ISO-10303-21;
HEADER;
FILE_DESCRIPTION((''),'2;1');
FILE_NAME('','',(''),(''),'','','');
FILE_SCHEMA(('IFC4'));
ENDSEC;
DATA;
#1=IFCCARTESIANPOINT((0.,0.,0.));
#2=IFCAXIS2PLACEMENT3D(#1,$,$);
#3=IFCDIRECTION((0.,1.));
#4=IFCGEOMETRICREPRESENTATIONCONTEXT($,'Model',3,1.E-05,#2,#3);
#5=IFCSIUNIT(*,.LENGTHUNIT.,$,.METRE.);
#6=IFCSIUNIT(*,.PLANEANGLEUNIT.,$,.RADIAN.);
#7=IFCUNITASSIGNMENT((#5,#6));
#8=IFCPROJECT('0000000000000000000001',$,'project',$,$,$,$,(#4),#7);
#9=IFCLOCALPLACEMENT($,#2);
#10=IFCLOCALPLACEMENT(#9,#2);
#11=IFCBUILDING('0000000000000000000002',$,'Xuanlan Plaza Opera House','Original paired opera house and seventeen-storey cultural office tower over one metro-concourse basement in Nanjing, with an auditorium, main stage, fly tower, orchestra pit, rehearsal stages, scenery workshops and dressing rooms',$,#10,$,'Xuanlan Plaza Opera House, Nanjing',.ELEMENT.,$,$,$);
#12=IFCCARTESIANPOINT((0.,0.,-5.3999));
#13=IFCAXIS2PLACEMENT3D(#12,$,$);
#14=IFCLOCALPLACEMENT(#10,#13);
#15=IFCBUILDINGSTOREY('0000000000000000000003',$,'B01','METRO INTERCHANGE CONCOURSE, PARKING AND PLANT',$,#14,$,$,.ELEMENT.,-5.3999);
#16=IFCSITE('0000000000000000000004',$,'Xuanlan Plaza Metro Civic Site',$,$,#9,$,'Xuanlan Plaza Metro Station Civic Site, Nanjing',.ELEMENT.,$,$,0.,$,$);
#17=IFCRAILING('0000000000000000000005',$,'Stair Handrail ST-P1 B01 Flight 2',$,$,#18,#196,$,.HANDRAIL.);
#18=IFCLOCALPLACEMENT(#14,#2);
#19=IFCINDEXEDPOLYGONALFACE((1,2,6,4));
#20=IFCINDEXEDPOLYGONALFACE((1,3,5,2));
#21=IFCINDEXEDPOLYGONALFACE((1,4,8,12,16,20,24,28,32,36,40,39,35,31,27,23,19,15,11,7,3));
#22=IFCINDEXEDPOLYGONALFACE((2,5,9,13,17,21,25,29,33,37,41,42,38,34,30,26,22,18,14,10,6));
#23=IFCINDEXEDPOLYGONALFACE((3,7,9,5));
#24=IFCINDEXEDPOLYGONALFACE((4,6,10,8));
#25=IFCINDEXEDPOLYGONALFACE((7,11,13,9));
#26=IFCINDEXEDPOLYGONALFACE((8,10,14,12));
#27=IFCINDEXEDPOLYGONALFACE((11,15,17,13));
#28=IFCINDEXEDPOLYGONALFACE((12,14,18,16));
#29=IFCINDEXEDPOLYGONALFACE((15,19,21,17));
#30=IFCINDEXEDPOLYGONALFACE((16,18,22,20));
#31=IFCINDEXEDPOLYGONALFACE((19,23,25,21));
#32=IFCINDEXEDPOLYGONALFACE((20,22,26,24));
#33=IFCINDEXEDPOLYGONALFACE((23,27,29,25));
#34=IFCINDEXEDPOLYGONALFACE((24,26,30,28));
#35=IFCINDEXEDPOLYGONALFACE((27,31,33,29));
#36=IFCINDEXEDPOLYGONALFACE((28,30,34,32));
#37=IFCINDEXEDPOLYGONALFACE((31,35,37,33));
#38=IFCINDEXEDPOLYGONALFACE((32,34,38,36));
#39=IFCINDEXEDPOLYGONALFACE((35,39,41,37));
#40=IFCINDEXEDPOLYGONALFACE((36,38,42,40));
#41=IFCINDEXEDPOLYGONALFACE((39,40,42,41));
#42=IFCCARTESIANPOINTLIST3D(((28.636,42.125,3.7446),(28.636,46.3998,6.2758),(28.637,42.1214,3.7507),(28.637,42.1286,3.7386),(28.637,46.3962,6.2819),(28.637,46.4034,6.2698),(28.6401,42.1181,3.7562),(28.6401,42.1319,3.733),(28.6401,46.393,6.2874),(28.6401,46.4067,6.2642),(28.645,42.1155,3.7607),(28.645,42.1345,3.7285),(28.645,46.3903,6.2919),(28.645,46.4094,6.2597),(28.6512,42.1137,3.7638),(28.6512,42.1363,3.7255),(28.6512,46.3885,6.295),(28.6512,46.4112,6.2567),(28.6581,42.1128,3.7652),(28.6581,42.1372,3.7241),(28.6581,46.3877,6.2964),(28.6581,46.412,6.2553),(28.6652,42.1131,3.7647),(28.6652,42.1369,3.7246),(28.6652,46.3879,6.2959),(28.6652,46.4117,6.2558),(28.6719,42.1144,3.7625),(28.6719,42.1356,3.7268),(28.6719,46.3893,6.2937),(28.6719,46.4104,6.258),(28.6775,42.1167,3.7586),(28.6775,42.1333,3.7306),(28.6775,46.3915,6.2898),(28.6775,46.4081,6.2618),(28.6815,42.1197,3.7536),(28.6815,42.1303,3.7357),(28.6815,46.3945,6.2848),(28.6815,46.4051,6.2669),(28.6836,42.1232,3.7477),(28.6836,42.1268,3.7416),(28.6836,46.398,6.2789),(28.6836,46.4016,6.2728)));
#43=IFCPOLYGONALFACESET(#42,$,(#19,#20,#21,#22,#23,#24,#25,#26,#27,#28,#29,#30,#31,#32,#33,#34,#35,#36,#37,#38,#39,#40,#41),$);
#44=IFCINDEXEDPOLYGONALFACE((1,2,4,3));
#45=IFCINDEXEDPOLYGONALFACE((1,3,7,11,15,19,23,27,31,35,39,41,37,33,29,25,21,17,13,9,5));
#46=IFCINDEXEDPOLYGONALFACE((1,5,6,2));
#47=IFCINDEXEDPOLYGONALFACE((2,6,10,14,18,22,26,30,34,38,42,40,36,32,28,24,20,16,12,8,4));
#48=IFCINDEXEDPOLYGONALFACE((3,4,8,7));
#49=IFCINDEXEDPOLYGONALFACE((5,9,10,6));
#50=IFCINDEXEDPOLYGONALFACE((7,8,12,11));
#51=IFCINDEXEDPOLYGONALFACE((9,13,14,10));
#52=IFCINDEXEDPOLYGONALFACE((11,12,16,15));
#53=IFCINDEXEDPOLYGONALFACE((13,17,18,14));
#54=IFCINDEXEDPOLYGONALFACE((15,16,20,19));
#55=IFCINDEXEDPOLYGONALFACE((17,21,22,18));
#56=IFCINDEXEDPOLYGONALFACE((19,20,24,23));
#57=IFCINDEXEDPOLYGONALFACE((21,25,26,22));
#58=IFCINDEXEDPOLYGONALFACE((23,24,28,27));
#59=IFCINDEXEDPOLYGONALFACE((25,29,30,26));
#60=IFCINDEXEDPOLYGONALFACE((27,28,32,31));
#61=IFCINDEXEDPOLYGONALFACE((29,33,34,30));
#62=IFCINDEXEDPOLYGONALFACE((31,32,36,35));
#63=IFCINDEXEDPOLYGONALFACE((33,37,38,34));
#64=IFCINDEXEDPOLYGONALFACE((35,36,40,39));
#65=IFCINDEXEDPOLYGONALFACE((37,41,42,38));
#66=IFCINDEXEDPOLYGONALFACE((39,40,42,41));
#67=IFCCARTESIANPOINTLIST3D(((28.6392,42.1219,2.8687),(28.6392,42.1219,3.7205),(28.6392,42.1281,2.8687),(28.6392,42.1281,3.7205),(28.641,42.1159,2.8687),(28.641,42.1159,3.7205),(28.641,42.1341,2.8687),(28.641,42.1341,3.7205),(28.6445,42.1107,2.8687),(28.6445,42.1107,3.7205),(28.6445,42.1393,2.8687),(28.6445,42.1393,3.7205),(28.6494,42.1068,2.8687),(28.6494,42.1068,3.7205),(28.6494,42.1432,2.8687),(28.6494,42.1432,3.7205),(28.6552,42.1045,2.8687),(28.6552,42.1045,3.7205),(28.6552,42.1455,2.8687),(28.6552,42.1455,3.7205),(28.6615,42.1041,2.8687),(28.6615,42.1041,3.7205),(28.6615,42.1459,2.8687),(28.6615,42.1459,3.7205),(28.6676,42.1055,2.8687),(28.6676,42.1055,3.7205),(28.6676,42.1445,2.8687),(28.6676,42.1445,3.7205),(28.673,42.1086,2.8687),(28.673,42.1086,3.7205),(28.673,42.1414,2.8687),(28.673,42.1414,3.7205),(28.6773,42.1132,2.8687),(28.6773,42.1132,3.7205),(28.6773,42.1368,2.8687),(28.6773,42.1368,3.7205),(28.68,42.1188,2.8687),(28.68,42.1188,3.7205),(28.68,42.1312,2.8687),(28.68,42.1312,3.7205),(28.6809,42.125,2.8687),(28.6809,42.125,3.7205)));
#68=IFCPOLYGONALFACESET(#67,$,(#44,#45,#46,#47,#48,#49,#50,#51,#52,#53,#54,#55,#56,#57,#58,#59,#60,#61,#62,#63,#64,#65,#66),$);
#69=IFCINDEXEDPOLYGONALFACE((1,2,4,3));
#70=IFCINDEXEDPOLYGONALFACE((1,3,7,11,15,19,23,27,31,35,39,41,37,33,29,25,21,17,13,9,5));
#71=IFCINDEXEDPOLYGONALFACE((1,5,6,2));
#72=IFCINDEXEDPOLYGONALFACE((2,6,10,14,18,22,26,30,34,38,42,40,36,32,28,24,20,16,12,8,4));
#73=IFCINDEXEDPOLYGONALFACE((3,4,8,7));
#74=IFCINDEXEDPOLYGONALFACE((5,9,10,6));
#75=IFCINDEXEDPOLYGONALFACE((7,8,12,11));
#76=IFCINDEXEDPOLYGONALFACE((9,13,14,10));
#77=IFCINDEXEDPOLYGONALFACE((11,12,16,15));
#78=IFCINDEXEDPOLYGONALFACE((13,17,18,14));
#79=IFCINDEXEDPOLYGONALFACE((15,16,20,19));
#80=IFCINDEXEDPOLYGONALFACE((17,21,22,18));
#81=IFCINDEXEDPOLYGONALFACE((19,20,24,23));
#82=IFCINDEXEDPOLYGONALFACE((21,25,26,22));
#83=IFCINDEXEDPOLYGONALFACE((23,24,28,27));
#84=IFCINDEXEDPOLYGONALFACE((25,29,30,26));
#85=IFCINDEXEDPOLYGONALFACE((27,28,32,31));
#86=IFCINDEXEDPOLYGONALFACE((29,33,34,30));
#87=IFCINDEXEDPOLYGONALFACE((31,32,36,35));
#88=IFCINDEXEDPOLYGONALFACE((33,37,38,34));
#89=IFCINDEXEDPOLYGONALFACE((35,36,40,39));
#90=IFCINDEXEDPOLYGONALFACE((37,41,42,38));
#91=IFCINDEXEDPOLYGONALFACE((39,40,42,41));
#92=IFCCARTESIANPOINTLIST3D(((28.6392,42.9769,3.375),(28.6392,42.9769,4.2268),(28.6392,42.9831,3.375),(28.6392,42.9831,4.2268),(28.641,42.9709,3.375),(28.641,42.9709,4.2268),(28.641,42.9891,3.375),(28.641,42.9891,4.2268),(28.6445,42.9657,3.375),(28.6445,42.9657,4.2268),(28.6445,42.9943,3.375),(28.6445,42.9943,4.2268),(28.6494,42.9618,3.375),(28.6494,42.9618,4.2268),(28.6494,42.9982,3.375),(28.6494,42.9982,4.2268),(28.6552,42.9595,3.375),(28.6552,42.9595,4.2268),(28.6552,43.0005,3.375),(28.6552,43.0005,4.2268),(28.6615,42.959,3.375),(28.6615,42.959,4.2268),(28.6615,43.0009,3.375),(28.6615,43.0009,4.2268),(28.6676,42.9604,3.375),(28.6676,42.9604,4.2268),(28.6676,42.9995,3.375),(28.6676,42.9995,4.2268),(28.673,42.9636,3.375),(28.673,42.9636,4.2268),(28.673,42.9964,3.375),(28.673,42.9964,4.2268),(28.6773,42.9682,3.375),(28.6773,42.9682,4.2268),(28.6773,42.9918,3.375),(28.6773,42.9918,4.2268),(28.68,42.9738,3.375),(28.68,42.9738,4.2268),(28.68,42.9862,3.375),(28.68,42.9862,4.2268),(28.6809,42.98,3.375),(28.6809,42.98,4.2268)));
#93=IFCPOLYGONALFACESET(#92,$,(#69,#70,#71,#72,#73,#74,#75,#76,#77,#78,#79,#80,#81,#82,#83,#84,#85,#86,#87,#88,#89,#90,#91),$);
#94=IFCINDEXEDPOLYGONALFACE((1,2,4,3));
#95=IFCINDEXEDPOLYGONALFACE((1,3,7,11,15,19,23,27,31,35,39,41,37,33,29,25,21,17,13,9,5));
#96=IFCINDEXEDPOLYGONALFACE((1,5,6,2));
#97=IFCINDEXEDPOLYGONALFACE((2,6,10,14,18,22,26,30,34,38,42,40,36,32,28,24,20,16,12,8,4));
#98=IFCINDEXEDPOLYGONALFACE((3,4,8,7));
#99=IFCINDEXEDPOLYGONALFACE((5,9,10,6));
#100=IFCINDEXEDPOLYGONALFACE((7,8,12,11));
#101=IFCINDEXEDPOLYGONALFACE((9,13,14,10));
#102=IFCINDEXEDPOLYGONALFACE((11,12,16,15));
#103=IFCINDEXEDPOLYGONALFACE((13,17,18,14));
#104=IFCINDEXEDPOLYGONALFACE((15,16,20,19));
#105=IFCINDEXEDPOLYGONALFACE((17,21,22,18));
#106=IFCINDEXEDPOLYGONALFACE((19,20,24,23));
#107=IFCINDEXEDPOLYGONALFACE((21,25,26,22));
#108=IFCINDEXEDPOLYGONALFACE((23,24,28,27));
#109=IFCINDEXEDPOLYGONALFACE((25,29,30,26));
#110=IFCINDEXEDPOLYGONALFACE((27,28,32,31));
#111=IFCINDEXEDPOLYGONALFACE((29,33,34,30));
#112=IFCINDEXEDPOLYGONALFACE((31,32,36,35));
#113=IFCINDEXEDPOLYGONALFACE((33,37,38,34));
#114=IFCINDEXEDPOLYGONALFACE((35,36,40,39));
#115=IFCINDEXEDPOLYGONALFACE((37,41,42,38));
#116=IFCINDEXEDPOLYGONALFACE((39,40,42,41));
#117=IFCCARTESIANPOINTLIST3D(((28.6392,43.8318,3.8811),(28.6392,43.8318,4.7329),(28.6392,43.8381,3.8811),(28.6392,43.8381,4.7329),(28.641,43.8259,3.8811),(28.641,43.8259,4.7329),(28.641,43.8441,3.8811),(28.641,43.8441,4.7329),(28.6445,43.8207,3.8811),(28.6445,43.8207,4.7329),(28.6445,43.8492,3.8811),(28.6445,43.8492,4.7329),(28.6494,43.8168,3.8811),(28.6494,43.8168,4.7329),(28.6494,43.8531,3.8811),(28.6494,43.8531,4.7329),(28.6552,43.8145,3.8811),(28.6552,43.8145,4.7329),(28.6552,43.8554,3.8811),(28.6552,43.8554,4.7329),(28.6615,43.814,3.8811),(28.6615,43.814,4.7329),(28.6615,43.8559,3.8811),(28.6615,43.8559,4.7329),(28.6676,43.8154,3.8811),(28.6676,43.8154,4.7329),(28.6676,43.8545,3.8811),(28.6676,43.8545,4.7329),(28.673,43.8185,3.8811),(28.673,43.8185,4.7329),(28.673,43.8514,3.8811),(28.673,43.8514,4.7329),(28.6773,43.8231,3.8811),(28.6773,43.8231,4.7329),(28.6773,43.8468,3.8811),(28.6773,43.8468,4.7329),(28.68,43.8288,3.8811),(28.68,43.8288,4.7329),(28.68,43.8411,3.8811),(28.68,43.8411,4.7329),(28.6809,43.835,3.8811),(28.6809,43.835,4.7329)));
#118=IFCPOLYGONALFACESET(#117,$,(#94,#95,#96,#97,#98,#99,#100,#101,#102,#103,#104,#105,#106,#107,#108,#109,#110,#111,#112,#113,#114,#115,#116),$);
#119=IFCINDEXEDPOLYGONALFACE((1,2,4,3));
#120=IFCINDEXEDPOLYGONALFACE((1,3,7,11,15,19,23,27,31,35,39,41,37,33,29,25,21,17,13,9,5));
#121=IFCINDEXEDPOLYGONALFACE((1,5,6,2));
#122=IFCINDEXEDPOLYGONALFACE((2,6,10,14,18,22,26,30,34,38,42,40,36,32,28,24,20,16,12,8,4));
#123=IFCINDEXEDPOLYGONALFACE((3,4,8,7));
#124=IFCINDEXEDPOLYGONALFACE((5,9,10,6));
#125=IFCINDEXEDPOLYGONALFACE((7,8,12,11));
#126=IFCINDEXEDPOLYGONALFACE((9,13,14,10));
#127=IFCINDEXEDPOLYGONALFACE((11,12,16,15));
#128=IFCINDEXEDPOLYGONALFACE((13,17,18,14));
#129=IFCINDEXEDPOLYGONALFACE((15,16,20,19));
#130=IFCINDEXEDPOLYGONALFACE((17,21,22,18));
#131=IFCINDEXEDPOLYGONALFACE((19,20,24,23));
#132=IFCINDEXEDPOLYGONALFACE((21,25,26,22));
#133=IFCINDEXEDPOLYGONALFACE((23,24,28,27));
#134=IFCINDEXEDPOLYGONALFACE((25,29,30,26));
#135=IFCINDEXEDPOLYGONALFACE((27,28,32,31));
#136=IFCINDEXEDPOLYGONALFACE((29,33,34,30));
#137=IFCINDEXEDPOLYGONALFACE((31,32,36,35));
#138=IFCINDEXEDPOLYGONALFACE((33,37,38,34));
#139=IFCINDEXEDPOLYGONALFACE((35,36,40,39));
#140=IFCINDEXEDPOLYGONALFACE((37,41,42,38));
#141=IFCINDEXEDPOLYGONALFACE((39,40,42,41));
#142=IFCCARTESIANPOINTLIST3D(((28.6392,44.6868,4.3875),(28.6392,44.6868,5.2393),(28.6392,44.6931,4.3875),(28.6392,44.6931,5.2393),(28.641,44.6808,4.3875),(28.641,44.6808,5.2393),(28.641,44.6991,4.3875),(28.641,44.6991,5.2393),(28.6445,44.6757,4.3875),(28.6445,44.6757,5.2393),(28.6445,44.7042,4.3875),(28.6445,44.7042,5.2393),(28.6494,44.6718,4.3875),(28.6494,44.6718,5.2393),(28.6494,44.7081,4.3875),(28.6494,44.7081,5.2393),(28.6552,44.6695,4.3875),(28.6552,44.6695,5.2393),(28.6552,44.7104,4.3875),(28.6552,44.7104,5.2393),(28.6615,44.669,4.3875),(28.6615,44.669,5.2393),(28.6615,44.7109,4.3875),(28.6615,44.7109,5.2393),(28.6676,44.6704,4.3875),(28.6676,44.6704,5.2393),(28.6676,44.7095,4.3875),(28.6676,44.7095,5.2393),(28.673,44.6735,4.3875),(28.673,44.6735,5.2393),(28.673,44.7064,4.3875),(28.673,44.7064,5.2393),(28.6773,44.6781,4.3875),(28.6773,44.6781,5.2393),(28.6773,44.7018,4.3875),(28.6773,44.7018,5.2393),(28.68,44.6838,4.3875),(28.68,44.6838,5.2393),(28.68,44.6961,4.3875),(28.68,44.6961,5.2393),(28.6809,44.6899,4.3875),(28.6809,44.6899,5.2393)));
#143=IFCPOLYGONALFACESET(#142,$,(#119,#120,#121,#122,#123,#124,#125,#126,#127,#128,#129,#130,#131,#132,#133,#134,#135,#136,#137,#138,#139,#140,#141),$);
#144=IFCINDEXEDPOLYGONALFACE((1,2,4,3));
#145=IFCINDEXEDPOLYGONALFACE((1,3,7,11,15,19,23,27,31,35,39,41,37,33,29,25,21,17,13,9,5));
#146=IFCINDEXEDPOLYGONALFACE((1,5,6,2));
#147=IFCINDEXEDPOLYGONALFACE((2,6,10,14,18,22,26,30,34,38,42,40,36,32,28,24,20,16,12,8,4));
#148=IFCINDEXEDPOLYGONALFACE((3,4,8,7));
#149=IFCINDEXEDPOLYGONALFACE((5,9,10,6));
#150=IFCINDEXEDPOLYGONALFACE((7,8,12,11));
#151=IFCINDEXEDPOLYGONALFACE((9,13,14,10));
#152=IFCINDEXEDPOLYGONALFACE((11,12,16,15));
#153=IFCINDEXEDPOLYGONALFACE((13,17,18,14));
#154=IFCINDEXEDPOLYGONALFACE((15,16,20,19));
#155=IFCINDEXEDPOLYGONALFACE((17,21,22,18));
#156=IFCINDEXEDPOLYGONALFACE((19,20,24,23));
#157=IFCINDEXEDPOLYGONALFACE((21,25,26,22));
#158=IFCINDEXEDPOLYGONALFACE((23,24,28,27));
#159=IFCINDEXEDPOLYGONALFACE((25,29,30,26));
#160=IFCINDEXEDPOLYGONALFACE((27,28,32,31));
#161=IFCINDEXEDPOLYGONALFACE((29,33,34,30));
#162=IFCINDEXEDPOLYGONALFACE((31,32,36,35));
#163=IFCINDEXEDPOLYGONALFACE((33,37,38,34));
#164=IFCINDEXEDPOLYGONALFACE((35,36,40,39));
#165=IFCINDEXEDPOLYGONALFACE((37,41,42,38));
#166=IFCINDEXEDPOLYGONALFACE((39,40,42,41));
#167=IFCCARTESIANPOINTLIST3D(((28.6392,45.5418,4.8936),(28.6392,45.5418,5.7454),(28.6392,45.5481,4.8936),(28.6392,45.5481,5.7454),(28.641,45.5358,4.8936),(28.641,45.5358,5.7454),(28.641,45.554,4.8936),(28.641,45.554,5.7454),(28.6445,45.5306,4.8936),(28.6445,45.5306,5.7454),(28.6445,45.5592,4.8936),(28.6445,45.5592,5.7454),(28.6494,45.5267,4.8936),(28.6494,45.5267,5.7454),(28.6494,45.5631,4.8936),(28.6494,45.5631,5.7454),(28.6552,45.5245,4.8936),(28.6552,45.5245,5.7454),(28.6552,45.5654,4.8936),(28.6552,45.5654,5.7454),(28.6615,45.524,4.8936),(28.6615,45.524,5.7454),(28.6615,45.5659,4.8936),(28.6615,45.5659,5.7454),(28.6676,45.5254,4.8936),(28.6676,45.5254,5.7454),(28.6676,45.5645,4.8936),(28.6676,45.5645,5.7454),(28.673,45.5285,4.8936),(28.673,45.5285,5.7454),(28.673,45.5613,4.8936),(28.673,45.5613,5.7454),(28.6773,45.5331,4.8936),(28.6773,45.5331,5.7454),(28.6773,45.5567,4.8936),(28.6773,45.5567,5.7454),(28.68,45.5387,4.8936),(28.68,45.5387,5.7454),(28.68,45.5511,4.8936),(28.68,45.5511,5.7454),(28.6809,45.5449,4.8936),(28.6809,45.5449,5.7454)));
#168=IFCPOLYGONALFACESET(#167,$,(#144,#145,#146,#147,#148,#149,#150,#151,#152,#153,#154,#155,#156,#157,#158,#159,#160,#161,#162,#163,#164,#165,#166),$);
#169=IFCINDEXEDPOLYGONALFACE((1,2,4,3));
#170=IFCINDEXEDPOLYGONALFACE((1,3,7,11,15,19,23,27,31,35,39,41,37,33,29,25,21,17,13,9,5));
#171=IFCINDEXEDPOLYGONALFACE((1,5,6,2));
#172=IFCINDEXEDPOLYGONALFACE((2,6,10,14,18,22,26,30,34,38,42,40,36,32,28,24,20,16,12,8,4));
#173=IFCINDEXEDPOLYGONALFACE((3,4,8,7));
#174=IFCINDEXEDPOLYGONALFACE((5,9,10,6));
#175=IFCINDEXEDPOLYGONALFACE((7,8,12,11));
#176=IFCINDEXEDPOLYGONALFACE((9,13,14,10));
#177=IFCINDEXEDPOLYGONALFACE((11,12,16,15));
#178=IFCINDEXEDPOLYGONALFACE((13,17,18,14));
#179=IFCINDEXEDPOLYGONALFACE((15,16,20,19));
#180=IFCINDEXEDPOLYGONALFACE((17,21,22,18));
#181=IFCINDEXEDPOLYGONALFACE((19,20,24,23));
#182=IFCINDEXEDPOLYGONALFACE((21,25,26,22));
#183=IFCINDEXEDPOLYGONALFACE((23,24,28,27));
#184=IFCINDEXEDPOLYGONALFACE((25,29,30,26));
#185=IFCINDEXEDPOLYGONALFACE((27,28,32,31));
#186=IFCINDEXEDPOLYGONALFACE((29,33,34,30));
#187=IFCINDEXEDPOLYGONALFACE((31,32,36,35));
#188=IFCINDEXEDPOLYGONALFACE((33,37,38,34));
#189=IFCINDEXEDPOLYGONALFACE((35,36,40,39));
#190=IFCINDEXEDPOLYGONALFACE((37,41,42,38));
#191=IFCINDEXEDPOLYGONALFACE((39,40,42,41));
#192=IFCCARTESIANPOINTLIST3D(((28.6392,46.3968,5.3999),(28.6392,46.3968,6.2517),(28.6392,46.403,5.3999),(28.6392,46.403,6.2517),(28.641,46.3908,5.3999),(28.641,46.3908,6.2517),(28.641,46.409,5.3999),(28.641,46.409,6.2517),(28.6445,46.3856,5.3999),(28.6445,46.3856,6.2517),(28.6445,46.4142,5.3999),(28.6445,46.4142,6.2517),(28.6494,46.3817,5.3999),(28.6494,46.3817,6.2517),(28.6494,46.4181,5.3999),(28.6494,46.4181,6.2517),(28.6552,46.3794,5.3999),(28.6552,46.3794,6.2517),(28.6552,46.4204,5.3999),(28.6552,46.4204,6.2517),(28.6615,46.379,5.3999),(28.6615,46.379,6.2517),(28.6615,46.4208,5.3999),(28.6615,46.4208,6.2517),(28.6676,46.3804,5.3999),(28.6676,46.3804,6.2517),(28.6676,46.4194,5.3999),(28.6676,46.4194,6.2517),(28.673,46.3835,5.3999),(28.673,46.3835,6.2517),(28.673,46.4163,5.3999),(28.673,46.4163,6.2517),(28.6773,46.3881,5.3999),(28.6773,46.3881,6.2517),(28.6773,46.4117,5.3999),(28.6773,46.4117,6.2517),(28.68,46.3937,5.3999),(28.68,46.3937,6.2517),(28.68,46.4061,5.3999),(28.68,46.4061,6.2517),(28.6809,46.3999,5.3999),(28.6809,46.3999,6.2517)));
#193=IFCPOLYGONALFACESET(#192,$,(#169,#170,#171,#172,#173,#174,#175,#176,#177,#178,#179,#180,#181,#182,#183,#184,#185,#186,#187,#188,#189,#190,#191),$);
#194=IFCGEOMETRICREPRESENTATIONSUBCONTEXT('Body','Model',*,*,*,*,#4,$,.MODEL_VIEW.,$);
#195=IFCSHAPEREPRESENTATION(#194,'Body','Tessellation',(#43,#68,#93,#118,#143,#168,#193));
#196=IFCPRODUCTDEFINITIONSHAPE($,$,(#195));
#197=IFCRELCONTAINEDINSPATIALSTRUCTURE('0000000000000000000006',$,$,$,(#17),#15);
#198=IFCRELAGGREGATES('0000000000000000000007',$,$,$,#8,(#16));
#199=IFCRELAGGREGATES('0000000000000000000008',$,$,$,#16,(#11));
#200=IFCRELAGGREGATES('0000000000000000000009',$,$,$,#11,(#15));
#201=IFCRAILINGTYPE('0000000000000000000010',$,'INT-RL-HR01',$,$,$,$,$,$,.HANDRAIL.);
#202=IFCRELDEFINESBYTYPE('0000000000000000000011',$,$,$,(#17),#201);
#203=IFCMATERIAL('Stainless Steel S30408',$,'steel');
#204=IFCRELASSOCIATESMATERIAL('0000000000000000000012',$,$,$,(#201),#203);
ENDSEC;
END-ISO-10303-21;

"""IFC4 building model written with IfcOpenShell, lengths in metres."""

from ifc_helpers import new_model, si_unit, direction, frame, origin, origin_2d, place, context, subcontext, project, spatial, circle, extrude, material, type_object, element, save


model = new_model("IFC4")

# Units and contexts
model_context = context("Model", 3, precision=1e-05, world=origin(), true_north=direction((0.0, 1.0)))
body_context = subcontext(model_context, "Body", "Model", "MODEL_VIEW")
ifc_project = project(units=[si_unit("LENGTHUNIT", "METRE"), si_unit("PLANEANGLEUNIT", "RADIAN")], contexts=[model_context])

# Site, building, storey
site_placement = place(None, origin())
site = spatial("IfcSite", under=ifc_project, at=site_placement, Name="Xuanlan Plaza Metro Civic Site", LongName="Xuanlan Plaza Metro Station Civic Site, Nanjing", CompositionType="ELEMENT", RefElevation=0.0)
building_placement = place(site_placement, origin())
building = spatial("IfcBuilding", under=site, at=building_placement, Name="Xuanlan Plaza Opera House", Description="Original paired opera house and seventeen-storey cultural office tower over one metro-concourse basement in Nanjing, with an auditorium, main stage, fly tower, orchestra pit, rehearsal stages, scenery workshops and dressing rooms", LongName="Xuanlan Plaza Opera House, Nanjing", CompositionType="ELEMENT")
storey_placement = place(building_placement, frame((0.0, 0.0, -5.3999)))
storey = spatial("IfcBuildingStorey", under=building, at=storey_placement, Name="B01", Description="METRO INTERCHANGE CONCOURSE, PARKING AND PLANT", CompositionType="ELEMENT", Elevation=-5.3999)

# Railing
ifc_material_1 = material(Name="Stainless Steel S30408", Category="steel")
railing_type = type_object("IfcRailingType", Name="INT-RL-HR01", PredefinedType="HANDRAIL", material=ifc_material_1)
railing_placement = place(storey_placement, frame((28.6599, 42.125, 2.8687)))
element("IfcRailing", 1, at=railing_placement, inside=storey, type_object=railing_type, Name="Stair Handrail ST-P1 B01 Flight 2", PredefinedType="HANDRAIL", context=body_context, shape_type="SweptSolid", body=[
    extrude(circle(Radius=0.0239, at=origin_2d()), frame((0.0, 0.0, 0.876), z_axis=(0.0, 0.86047, 0.509501), x_axis=(-1.0, 0.0, 0.0)), (0.0, 0.0, 1.0), 4.968),
    extrude(circle(Radius=0.021, at=origin_2d()), origin(), (0.0, 0.0, 1.0), 0.8518),
    extrude(circle(Radius=0.021, at=origin_2d()), frame((0.0, 0.855, 0.5063)), (0.0, 0.0, 1.0), 0.8518),
    extrude(circle(Radius=0.021, at=origin_2d()), frame((0.0, 1.71, 1.0125)), (0.0, 0.0, 1.0), 0.8518),
    extrude(circle(Radius=0.021, at=origin_2d()), frame((0.0, 2.5649, 1.5188)), (0.0, 0.0, 1.0), 0.8518),
    extrude(circle(Radius=0.021, at=origin_2d()), frame((0.0, 3.4199, 2.0249)), (0.0, 0.0, 1.0), 0.8518),
    extrude(circle(Radius=0.021, at=origin_2d()), frame((0.0, 4.2749, 2.5312)), (0.0, 0.0, 1.0), 0.8518),
])

save(model, "model.ifc")
